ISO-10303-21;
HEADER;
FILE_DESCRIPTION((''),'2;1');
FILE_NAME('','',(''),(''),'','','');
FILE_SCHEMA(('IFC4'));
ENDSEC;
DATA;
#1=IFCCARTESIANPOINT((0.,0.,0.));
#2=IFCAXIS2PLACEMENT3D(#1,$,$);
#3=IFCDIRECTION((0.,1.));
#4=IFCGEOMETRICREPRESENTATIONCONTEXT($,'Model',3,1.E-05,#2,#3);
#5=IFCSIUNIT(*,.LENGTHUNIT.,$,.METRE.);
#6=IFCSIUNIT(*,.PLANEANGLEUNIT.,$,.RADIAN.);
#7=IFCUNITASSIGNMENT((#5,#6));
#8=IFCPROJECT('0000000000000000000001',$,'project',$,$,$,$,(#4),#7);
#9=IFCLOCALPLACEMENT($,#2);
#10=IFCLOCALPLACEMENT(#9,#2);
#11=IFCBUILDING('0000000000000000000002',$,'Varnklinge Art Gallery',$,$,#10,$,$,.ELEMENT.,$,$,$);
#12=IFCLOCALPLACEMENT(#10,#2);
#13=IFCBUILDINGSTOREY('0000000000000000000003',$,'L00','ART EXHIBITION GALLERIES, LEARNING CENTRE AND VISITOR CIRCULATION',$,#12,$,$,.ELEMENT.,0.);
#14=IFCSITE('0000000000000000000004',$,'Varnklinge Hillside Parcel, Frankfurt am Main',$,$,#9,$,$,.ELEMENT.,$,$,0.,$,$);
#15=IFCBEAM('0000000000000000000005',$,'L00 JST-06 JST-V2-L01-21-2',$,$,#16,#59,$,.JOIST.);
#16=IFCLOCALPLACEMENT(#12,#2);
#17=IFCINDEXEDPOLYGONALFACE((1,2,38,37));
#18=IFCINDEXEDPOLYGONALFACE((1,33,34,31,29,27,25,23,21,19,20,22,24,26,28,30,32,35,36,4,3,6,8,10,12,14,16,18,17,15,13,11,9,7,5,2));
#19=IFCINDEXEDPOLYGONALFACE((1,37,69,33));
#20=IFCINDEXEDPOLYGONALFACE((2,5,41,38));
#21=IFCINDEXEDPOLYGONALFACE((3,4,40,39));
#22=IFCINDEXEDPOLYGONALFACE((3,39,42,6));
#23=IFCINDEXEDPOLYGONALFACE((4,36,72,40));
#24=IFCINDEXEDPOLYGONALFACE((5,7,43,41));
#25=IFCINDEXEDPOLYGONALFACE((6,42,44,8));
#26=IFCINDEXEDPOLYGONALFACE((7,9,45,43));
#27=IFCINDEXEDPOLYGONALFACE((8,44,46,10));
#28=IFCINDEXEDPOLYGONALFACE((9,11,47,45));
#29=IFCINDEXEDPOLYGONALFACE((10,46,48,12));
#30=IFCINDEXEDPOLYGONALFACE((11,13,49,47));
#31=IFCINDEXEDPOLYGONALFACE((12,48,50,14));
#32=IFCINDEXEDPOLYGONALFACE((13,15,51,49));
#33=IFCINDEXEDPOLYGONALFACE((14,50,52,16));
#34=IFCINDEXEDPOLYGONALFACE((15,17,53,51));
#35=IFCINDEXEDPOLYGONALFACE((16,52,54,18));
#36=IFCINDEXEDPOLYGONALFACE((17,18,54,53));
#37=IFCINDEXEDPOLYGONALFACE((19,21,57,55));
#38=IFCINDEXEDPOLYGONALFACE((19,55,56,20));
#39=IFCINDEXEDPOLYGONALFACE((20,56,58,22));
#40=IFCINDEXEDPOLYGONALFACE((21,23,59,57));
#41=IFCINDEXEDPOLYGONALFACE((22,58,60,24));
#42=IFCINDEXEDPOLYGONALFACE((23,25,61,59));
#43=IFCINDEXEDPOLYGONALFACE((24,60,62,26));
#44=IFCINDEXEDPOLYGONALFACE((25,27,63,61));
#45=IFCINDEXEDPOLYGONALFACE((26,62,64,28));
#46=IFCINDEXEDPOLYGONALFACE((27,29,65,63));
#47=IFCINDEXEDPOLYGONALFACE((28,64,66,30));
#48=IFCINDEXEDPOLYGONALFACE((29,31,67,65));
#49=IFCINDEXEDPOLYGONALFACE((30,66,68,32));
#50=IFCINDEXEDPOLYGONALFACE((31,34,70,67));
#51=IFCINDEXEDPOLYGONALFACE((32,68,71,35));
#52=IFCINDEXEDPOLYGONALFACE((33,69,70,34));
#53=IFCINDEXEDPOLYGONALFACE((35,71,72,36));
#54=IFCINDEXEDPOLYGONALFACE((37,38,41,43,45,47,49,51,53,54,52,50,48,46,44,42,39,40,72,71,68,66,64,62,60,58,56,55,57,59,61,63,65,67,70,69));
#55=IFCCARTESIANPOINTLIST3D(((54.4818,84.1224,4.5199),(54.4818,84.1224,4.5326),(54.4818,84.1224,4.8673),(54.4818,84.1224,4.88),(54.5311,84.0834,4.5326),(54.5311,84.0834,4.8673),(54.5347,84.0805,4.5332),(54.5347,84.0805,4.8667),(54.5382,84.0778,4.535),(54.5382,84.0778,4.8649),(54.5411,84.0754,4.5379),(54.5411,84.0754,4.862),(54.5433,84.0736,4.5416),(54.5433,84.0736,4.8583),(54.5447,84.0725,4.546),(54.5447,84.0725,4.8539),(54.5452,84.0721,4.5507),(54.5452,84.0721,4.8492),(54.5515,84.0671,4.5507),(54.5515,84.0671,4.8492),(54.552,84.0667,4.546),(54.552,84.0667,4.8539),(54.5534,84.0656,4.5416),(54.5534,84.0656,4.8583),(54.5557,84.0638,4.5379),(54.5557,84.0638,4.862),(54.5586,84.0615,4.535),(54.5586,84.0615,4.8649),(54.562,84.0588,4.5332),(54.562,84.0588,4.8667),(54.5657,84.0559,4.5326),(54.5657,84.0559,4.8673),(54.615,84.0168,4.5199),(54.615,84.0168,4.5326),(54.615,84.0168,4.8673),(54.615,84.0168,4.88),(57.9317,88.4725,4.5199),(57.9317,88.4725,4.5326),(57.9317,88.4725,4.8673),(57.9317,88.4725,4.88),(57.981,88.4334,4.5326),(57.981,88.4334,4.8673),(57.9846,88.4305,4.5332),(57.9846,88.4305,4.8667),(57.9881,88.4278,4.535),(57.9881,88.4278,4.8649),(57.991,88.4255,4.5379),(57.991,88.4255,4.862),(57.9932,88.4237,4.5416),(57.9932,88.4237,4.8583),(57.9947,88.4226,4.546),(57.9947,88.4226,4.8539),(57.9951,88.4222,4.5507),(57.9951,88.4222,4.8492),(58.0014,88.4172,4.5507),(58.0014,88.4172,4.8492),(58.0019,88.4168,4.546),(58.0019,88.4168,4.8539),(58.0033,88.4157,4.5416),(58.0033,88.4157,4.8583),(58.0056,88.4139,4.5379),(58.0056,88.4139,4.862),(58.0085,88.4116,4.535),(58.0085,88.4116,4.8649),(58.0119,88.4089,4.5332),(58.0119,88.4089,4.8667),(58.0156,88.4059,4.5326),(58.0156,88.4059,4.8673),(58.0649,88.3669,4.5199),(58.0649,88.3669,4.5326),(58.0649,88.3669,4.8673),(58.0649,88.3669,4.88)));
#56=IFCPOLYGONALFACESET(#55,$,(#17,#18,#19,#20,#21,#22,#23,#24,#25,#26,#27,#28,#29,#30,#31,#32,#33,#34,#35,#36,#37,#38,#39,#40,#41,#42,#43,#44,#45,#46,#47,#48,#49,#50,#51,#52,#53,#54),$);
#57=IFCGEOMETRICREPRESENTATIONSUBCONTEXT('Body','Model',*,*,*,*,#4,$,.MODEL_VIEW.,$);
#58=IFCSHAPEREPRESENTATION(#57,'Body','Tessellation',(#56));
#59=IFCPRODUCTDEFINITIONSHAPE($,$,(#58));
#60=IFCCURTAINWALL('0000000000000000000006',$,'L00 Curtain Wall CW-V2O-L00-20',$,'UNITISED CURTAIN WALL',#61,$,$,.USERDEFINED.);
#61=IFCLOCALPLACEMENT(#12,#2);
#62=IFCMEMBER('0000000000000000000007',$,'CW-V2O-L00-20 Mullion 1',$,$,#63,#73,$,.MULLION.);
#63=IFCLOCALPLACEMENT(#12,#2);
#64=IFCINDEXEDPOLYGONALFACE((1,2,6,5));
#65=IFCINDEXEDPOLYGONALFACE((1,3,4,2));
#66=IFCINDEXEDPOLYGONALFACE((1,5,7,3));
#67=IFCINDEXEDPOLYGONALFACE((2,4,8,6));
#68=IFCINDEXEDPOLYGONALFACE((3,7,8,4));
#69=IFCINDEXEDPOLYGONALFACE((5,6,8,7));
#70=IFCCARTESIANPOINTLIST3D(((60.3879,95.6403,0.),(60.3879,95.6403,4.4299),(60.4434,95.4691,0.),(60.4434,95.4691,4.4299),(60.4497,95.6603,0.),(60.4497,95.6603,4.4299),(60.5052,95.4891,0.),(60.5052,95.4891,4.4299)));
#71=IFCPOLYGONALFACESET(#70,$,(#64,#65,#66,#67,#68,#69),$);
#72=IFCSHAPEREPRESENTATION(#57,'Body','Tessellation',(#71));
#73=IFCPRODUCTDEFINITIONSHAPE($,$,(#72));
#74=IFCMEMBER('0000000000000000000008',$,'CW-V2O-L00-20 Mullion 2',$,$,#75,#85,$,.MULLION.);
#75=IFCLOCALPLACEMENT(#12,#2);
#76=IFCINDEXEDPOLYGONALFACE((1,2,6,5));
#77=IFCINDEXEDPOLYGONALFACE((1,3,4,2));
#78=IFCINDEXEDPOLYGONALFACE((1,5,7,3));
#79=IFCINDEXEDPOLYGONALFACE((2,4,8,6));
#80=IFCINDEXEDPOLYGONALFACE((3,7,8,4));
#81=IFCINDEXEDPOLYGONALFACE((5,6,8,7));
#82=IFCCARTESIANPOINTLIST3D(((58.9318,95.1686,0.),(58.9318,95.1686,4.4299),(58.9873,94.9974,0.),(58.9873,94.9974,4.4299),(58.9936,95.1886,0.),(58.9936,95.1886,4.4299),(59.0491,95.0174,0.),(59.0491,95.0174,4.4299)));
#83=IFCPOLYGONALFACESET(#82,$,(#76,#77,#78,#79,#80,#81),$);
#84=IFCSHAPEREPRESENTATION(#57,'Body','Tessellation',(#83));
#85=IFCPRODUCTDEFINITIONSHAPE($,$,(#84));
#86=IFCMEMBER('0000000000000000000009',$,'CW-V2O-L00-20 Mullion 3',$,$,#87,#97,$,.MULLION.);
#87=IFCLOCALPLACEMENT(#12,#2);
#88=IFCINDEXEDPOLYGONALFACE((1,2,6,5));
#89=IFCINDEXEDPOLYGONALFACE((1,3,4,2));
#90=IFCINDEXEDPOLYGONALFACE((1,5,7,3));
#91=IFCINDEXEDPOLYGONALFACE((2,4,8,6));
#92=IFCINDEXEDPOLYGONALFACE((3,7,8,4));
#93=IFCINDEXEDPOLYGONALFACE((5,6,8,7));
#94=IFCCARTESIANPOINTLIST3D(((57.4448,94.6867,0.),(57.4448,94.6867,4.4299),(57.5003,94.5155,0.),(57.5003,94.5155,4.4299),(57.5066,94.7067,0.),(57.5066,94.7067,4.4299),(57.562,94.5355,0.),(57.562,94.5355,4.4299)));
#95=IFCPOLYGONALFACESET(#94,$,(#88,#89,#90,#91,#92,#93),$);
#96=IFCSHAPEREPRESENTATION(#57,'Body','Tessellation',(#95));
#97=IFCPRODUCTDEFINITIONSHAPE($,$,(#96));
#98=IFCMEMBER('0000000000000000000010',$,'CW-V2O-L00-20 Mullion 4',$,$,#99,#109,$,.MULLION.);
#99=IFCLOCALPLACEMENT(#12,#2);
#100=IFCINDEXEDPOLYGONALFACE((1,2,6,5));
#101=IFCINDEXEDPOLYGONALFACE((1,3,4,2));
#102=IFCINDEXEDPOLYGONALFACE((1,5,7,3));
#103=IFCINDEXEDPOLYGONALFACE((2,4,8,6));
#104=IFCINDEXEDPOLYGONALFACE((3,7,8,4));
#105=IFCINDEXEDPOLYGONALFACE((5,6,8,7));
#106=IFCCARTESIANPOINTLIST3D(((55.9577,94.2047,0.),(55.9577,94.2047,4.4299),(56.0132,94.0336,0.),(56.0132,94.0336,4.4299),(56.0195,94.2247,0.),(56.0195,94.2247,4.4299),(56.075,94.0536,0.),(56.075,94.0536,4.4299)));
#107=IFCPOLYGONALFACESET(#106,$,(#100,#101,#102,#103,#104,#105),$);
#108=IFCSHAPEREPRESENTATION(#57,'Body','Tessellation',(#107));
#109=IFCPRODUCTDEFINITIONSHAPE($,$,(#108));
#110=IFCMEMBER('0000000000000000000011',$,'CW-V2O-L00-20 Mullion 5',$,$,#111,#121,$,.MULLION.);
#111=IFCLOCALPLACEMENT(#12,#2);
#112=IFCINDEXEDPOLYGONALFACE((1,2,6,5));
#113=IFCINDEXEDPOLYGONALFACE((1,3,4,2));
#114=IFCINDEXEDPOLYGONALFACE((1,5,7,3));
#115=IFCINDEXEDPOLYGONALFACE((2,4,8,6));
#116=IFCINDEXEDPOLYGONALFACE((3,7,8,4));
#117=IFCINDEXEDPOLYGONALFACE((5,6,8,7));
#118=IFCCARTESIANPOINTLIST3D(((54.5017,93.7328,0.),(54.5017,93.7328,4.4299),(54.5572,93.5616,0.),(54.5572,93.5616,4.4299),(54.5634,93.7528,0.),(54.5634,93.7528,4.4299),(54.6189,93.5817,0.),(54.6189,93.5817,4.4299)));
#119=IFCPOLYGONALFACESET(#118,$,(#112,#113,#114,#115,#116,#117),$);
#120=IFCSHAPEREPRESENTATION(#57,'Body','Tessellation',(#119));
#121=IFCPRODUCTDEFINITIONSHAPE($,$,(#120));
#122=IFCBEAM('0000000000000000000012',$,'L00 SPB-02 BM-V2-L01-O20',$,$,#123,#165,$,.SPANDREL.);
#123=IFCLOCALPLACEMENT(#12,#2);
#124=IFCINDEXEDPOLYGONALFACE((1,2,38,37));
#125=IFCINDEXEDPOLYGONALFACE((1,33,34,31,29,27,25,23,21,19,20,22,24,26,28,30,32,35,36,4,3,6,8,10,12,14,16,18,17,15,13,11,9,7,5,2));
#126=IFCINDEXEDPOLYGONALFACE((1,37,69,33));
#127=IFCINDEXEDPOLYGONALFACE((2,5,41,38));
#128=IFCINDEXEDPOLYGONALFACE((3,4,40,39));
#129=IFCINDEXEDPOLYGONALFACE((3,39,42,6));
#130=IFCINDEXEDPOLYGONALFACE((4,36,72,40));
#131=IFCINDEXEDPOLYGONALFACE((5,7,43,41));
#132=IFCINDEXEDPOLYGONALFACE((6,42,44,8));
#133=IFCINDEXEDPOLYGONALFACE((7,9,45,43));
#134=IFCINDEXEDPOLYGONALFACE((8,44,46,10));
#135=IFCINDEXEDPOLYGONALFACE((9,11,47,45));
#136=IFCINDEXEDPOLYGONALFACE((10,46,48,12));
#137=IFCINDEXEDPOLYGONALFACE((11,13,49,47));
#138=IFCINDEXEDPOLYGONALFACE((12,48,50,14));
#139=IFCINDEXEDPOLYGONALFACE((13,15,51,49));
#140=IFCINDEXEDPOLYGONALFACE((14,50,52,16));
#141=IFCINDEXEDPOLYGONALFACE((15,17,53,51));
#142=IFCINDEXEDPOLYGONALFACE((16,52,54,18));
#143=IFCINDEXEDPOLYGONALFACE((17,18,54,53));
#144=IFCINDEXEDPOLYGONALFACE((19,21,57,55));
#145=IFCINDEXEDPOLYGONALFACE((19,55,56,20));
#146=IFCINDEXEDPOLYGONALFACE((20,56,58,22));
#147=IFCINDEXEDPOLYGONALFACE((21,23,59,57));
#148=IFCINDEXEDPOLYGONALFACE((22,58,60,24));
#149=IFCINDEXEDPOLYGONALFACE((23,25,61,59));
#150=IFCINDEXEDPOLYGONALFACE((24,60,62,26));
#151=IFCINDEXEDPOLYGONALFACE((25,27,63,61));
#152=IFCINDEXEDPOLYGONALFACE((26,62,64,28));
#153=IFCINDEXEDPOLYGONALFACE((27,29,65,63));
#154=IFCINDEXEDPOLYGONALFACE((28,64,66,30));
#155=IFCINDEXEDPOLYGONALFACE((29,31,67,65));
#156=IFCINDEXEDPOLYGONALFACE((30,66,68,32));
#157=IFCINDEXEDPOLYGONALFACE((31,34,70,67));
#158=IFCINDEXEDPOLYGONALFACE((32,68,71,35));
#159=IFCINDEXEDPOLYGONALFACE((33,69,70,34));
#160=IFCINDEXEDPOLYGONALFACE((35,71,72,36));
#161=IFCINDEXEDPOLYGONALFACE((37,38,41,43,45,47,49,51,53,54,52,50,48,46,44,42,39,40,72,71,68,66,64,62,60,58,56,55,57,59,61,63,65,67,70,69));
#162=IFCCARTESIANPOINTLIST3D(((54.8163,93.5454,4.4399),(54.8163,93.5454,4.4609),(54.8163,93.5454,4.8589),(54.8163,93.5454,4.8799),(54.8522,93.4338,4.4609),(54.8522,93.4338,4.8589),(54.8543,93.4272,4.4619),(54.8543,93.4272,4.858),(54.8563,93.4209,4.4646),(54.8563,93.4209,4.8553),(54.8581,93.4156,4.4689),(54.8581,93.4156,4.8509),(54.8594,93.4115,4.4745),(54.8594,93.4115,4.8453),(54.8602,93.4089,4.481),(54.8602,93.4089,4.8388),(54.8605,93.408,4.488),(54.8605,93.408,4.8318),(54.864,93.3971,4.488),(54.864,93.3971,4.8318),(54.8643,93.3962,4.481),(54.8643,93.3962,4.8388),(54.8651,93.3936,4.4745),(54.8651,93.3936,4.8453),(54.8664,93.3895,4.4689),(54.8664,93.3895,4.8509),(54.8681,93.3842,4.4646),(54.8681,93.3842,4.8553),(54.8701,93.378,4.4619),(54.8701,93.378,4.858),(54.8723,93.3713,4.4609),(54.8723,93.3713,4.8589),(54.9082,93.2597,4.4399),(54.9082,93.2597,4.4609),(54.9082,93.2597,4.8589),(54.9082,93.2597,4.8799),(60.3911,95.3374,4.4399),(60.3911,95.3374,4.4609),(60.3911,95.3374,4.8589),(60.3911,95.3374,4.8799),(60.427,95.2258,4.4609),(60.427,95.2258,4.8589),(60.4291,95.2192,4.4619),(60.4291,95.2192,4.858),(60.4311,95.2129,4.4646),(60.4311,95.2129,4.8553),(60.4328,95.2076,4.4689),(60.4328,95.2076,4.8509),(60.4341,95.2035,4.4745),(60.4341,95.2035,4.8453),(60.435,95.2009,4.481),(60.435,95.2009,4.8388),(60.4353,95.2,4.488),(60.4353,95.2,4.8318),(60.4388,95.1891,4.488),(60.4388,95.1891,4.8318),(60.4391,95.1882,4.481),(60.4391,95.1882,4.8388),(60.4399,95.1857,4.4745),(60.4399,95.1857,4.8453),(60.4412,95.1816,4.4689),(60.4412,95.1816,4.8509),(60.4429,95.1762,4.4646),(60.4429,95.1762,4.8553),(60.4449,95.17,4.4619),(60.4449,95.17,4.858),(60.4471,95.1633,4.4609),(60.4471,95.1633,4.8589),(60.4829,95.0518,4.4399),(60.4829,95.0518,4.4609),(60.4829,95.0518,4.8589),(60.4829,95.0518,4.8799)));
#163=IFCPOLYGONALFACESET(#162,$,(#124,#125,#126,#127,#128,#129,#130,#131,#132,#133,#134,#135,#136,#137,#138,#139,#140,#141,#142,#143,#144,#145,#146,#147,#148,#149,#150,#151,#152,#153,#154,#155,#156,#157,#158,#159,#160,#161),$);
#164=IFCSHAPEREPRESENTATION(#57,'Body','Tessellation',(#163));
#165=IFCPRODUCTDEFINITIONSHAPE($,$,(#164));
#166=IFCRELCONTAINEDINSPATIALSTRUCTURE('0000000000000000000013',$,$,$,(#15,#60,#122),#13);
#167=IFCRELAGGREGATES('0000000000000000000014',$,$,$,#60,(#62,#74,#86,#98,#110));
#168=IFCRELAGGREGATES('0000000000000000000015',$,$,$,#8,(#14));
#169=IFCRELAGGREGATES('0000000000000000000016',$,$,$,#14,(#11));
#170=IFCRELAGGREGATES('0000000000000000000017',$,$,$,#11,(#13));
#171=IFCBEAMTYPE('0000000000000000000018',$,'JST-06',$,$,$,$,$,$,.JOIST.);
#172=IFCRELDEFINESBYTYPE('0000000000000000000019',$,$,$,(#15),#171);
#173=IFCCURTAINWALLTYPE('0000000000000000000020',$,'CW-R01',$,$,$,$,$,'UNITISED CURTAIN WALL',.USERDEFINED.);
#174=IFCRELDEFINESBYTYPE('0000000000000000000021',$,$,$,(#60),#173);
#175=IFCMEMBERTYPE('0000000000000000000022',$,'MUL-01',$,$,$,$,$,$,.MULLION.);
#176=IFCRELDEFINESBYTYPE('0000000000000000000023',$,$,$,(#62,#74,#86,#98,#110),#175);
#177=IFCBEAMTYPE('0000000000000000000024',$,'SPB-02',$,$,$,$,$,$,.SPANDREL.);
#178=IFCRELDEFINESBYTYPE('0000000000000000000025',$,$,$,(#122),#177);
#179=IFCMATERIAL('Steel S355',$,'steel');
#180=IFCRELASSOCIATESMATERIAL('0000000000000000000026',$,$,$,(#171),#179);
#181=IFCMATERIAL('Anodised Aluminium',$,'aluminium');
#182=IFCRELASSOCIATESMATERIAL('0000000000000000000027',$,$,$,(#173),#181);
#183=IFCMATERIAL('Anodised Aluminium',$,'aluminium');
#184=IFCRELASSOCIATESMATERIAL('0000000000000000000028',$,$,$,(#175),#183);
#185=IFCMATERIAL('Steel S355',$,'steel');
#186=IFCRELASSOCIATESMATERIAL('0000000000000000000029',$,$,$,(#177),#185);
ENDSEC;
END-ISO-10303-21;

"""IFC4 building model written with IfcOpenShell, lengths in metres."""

from ifc_helpers import new_model, si_unit, direction, frame, origin, origin_2d, place, context, subcontext, project, spatial, rectangle, i_section, extrude, material, material_profile, profile_set, type_object, element, aggregate, save


model = new_model("IFC4")

# Units and contexts
model_context = context("Model", 3, precision=1e-05, world=origin(), true_north=direction((0.0, 1.0)))
body_context = subcontext(model_context, "Body", "Model", "MODEL_VIEW")
ifc_project = project(units=[si_unit("LENGTHUNIT", "METRE"), si_unit("PLANEANGLEUNIT", "RADIAN")], contexts=[model_context])

# Site, building, storey
site_placement = place(None, origin())
site = spatial("IfcSite", under=ifc_project, at=site_placement, Name="Varnklinge Hillside Parcel, Frankfurt am Main", CompositionType="ELEMENT", RefElevation=0.0)
building_placement = place(site_placement, origin())
building = spatial("IfcBuilding", under=site, at=building_placement, Name="Varnklinge Art Gallery", CompositionType="ELEMENT")
storey_placement = place(building_placement, origin())
storey = spatial("IfcBuildingStorey", under=building, at=storey_placement, Name="L00", Description="ART EXHIBITION GALLERIES, LEARNING CENTRE AND VISITOR CIRCULATION", CompositionType="ELEMENT", Elevation=0.0)

# Beam
ifc_material_1 = material(Name="Steel S355", Category="steel")
ifc_material_profile_1 = material_profile(ifc_material_1, i_section(OverallWidth=0.1699, OverallDepth=0.3601, WebThickness=0.0081, FlangeThickness=0.0127, FilletRadius=0.0181, at=origin_2d()), Name="IPE 360")
ifc_profile_set_1 = profile_set([ifc_material_profile_1], Name="Steel S355")
beam_type_1 = type_object("IfcBeamType", Name="JST-06", PredefinedType="JOIST", material=ifc_profile_set_1)
beam_1_placement = place(storey_placement, frame((57.9983, 88.4197, 4.7), z_axis=(-0.621381, -0.783509, 0.0), x_axis=(0.783509, -0.621381, 0.0)))
element("IfcBeam", 1, at=beam_1_placement, inside=storey, type_object=beam_type_1, Name="L00 JST-06 JST-V2-L01-21-2", PredefinedType="JOIST", context=body_context, shape_type="SweptSolid", body=[
    extrude(i_section(OverallWidth=0.1699, OverallDepth=0.3601, WebThickness=0.0081, FlangeThickness=0.0127, FilletRadius=0.0181, at=origin_2d()), origin(), (0.0, 0.0, 1.0), 5.552),
])

# Curtain wall, members
ifc_material_2 = material(Name="Anodised Aluminium", Category="aluminium")
curtain_wall_type = type_object("IfcCurtainWallType", Name="CW-R01", ElementType="UNITISED CURTAIN WALL", PredefinedType="USERDEFINED", material=ifc_material_2)
curtain_wall_placement = place(storey_placement, origin())
curtain_wall = element("IfcCurtainWall", 2, at=curtain_wall_placement, inside=storey, type_object=curtain_wall_type, Name="L00 Curtain Wall CW-V2O-L00-20", ObjectType="UNITISED CURTAIN WALL", PredefinedType="USERDEFINED")
ifc_material_3 = material(Name="Anodised Aluminium", Category="aluminium")
ifc_material_profile_2 = material_profile(ifc_material_3, rectangle(XDim=0.0649, YDim=0.1799, at=origin_2d()), Name="ALU 65x180")
ifc_profile_set_2 = profile_set([ifc_material_profile_2], Name="Anodised Aluminium")
member_type = type_object("IfcMemberType", Name="MUL-01", PredefinedType="MULLION", material=ifc_profile_set_2)
member_1_placement = place(storey_placement, frame((60.4465, 95.5647, 0.0), z_axis=(0.0, 0.0, 1.0), x_axis=(-0.951272, -0.308353, 0.0)))
member_1 = element("IfcMember", 3, at=member_1_placement, type_object=member_type, Name="CW-V2O-L00-20 Mullion 1", PredefinedType="MULLION", context=body_context, shape_type="SweptSolid", body=[
    extrude(rectangle(XDim=0.0649, YDim=0.1799, at=origin_2d()), origin(), (0.0, 0.0, 1.0), 4.4299),
])
member_2_placement = place(storey_placement, frame((58.9905, 95.093, 0.0), z_axis=(0.0, 0.0, 1.0), x_axis=(-0.951272, -0.308353, 0.0)))
member_2 = element("IfcMember", 4, at=member_2_placement, type_object=member_type, Name="CW-V2O-L00-20 Mullion 2", PredefinedType="MULLION", context=body_context, shape_type="SweptSolid", body=[
    extrude(rectangle(XDim=0.0649, YDim=0.1799, at=origin_2d()), origin(), (0.0, 0.0, 1.0), 4.4299),
])
member_3_placement = place(storey_placement, frame((57.5034, 94.6111, 0.0), z_axis=(0.0, 0.0, 1.0), x_axis=(-0.951272, -0.308353, 0.0)))
member_3 = element("IfcMember", 5, at=member_3_placement, type_object=member_type, Name="CW-V2O-L00-20 Mullion 3", PredefinedType="MULLION", context=body_context, shape_type="SweptSolid", body=[
    extrude(rectangle(XDim=0.0649, YDim=0.1799, at=origin_2d()), origin(), (0.0, 0.0, 1.0), 4.4299),
])
member_4_placement = place(storey_placement, frame((56.0164, 94.1292, 0.0), z_axis=(0.0, 0.0, 1.0), x_axis=(-0.951272, -0.308353, 0.0)))
member_4 = element("IfcMember", 6, at=member_4_placement, type_object=member_type, Name="CW-V2O-L00-20 Mullion 4", PredefinedType="MULLION", context=body_context, shape_type="SweptSolid", body=[
    extrude(rectangle(XDim=0.0649, YDim=0.1799, at=origin_2d()), origin(), (0.0, 0.0, 1.0), 4.4299),
])
member_5_placement = place(storey_placement, frame((54.5603, 93.6572, 0.0), z_axis=(0.0, 0.0, 1.0), x_axis=(-0.951272, -0.308353, 0.0)))
member_5 = element("IfcMember", 7, at=member_5_placement, type_object=member_type, Name="CW-V2O-L00-20 Mullion 5", PredefinedType="MULLION", context=body_context, shape_type="SweptSolid", body=[
    extrude(rectangle(XDim=0.0649, YDim=0.1799, at=origin_2d()), origin(), (0.0, 0.0, 1.0), 4.4299),
])

# Beam
ifc_material_4 = material(Name="Steel S355", Category="steel")
ifc_material_profile_3 = material_profile(ifc_material_4, i_section(OverallWidth=0.3, OverallDepth=0.4399, WebThickness=0.0115, FlangeThickness=0.021, FilletRadius=0.0271, at=origin_2d()), Name="HEA 450")
ifc_profile_set_3 = profile_set([ifc_material_profile_3], Name="Steel S355")
beam_type_2 = type_object("IfcBeamType", Name="SPB-02", PredefinedType="SPANDREL", material=ifc_profile_set_3)
beam_2_placement = place(storey_placement, frame((60.437, 95.1946, 4.6599), z_axis=(-0.952022, -0.306028, 0.0), x_axis=(0.306028, -0.952022, 0.0)))
element("IfcBeam", 8, at=beam_2_placement, inside=storey, type_object=beam_type_2, Name="L00 SPB-02 BM-V2-L01-O20", PredefinedType="SPANDREL", context=body_context, shape_type="SweptSolid", body=[
    extrude(i_section(OverallWidth=0.3, OverallDepth=0.4399, WebThickness=0.0115, FlangeThickness=0.021, FilletRadius=0.0271, at=origin_2d()), origin(), (0.0, 0.0, 1.0), 5.8557),
])

aggregate(curtain_wall, [member_1, member_2, member_3, member_4, member_5])

save(model, "model.ifc")
